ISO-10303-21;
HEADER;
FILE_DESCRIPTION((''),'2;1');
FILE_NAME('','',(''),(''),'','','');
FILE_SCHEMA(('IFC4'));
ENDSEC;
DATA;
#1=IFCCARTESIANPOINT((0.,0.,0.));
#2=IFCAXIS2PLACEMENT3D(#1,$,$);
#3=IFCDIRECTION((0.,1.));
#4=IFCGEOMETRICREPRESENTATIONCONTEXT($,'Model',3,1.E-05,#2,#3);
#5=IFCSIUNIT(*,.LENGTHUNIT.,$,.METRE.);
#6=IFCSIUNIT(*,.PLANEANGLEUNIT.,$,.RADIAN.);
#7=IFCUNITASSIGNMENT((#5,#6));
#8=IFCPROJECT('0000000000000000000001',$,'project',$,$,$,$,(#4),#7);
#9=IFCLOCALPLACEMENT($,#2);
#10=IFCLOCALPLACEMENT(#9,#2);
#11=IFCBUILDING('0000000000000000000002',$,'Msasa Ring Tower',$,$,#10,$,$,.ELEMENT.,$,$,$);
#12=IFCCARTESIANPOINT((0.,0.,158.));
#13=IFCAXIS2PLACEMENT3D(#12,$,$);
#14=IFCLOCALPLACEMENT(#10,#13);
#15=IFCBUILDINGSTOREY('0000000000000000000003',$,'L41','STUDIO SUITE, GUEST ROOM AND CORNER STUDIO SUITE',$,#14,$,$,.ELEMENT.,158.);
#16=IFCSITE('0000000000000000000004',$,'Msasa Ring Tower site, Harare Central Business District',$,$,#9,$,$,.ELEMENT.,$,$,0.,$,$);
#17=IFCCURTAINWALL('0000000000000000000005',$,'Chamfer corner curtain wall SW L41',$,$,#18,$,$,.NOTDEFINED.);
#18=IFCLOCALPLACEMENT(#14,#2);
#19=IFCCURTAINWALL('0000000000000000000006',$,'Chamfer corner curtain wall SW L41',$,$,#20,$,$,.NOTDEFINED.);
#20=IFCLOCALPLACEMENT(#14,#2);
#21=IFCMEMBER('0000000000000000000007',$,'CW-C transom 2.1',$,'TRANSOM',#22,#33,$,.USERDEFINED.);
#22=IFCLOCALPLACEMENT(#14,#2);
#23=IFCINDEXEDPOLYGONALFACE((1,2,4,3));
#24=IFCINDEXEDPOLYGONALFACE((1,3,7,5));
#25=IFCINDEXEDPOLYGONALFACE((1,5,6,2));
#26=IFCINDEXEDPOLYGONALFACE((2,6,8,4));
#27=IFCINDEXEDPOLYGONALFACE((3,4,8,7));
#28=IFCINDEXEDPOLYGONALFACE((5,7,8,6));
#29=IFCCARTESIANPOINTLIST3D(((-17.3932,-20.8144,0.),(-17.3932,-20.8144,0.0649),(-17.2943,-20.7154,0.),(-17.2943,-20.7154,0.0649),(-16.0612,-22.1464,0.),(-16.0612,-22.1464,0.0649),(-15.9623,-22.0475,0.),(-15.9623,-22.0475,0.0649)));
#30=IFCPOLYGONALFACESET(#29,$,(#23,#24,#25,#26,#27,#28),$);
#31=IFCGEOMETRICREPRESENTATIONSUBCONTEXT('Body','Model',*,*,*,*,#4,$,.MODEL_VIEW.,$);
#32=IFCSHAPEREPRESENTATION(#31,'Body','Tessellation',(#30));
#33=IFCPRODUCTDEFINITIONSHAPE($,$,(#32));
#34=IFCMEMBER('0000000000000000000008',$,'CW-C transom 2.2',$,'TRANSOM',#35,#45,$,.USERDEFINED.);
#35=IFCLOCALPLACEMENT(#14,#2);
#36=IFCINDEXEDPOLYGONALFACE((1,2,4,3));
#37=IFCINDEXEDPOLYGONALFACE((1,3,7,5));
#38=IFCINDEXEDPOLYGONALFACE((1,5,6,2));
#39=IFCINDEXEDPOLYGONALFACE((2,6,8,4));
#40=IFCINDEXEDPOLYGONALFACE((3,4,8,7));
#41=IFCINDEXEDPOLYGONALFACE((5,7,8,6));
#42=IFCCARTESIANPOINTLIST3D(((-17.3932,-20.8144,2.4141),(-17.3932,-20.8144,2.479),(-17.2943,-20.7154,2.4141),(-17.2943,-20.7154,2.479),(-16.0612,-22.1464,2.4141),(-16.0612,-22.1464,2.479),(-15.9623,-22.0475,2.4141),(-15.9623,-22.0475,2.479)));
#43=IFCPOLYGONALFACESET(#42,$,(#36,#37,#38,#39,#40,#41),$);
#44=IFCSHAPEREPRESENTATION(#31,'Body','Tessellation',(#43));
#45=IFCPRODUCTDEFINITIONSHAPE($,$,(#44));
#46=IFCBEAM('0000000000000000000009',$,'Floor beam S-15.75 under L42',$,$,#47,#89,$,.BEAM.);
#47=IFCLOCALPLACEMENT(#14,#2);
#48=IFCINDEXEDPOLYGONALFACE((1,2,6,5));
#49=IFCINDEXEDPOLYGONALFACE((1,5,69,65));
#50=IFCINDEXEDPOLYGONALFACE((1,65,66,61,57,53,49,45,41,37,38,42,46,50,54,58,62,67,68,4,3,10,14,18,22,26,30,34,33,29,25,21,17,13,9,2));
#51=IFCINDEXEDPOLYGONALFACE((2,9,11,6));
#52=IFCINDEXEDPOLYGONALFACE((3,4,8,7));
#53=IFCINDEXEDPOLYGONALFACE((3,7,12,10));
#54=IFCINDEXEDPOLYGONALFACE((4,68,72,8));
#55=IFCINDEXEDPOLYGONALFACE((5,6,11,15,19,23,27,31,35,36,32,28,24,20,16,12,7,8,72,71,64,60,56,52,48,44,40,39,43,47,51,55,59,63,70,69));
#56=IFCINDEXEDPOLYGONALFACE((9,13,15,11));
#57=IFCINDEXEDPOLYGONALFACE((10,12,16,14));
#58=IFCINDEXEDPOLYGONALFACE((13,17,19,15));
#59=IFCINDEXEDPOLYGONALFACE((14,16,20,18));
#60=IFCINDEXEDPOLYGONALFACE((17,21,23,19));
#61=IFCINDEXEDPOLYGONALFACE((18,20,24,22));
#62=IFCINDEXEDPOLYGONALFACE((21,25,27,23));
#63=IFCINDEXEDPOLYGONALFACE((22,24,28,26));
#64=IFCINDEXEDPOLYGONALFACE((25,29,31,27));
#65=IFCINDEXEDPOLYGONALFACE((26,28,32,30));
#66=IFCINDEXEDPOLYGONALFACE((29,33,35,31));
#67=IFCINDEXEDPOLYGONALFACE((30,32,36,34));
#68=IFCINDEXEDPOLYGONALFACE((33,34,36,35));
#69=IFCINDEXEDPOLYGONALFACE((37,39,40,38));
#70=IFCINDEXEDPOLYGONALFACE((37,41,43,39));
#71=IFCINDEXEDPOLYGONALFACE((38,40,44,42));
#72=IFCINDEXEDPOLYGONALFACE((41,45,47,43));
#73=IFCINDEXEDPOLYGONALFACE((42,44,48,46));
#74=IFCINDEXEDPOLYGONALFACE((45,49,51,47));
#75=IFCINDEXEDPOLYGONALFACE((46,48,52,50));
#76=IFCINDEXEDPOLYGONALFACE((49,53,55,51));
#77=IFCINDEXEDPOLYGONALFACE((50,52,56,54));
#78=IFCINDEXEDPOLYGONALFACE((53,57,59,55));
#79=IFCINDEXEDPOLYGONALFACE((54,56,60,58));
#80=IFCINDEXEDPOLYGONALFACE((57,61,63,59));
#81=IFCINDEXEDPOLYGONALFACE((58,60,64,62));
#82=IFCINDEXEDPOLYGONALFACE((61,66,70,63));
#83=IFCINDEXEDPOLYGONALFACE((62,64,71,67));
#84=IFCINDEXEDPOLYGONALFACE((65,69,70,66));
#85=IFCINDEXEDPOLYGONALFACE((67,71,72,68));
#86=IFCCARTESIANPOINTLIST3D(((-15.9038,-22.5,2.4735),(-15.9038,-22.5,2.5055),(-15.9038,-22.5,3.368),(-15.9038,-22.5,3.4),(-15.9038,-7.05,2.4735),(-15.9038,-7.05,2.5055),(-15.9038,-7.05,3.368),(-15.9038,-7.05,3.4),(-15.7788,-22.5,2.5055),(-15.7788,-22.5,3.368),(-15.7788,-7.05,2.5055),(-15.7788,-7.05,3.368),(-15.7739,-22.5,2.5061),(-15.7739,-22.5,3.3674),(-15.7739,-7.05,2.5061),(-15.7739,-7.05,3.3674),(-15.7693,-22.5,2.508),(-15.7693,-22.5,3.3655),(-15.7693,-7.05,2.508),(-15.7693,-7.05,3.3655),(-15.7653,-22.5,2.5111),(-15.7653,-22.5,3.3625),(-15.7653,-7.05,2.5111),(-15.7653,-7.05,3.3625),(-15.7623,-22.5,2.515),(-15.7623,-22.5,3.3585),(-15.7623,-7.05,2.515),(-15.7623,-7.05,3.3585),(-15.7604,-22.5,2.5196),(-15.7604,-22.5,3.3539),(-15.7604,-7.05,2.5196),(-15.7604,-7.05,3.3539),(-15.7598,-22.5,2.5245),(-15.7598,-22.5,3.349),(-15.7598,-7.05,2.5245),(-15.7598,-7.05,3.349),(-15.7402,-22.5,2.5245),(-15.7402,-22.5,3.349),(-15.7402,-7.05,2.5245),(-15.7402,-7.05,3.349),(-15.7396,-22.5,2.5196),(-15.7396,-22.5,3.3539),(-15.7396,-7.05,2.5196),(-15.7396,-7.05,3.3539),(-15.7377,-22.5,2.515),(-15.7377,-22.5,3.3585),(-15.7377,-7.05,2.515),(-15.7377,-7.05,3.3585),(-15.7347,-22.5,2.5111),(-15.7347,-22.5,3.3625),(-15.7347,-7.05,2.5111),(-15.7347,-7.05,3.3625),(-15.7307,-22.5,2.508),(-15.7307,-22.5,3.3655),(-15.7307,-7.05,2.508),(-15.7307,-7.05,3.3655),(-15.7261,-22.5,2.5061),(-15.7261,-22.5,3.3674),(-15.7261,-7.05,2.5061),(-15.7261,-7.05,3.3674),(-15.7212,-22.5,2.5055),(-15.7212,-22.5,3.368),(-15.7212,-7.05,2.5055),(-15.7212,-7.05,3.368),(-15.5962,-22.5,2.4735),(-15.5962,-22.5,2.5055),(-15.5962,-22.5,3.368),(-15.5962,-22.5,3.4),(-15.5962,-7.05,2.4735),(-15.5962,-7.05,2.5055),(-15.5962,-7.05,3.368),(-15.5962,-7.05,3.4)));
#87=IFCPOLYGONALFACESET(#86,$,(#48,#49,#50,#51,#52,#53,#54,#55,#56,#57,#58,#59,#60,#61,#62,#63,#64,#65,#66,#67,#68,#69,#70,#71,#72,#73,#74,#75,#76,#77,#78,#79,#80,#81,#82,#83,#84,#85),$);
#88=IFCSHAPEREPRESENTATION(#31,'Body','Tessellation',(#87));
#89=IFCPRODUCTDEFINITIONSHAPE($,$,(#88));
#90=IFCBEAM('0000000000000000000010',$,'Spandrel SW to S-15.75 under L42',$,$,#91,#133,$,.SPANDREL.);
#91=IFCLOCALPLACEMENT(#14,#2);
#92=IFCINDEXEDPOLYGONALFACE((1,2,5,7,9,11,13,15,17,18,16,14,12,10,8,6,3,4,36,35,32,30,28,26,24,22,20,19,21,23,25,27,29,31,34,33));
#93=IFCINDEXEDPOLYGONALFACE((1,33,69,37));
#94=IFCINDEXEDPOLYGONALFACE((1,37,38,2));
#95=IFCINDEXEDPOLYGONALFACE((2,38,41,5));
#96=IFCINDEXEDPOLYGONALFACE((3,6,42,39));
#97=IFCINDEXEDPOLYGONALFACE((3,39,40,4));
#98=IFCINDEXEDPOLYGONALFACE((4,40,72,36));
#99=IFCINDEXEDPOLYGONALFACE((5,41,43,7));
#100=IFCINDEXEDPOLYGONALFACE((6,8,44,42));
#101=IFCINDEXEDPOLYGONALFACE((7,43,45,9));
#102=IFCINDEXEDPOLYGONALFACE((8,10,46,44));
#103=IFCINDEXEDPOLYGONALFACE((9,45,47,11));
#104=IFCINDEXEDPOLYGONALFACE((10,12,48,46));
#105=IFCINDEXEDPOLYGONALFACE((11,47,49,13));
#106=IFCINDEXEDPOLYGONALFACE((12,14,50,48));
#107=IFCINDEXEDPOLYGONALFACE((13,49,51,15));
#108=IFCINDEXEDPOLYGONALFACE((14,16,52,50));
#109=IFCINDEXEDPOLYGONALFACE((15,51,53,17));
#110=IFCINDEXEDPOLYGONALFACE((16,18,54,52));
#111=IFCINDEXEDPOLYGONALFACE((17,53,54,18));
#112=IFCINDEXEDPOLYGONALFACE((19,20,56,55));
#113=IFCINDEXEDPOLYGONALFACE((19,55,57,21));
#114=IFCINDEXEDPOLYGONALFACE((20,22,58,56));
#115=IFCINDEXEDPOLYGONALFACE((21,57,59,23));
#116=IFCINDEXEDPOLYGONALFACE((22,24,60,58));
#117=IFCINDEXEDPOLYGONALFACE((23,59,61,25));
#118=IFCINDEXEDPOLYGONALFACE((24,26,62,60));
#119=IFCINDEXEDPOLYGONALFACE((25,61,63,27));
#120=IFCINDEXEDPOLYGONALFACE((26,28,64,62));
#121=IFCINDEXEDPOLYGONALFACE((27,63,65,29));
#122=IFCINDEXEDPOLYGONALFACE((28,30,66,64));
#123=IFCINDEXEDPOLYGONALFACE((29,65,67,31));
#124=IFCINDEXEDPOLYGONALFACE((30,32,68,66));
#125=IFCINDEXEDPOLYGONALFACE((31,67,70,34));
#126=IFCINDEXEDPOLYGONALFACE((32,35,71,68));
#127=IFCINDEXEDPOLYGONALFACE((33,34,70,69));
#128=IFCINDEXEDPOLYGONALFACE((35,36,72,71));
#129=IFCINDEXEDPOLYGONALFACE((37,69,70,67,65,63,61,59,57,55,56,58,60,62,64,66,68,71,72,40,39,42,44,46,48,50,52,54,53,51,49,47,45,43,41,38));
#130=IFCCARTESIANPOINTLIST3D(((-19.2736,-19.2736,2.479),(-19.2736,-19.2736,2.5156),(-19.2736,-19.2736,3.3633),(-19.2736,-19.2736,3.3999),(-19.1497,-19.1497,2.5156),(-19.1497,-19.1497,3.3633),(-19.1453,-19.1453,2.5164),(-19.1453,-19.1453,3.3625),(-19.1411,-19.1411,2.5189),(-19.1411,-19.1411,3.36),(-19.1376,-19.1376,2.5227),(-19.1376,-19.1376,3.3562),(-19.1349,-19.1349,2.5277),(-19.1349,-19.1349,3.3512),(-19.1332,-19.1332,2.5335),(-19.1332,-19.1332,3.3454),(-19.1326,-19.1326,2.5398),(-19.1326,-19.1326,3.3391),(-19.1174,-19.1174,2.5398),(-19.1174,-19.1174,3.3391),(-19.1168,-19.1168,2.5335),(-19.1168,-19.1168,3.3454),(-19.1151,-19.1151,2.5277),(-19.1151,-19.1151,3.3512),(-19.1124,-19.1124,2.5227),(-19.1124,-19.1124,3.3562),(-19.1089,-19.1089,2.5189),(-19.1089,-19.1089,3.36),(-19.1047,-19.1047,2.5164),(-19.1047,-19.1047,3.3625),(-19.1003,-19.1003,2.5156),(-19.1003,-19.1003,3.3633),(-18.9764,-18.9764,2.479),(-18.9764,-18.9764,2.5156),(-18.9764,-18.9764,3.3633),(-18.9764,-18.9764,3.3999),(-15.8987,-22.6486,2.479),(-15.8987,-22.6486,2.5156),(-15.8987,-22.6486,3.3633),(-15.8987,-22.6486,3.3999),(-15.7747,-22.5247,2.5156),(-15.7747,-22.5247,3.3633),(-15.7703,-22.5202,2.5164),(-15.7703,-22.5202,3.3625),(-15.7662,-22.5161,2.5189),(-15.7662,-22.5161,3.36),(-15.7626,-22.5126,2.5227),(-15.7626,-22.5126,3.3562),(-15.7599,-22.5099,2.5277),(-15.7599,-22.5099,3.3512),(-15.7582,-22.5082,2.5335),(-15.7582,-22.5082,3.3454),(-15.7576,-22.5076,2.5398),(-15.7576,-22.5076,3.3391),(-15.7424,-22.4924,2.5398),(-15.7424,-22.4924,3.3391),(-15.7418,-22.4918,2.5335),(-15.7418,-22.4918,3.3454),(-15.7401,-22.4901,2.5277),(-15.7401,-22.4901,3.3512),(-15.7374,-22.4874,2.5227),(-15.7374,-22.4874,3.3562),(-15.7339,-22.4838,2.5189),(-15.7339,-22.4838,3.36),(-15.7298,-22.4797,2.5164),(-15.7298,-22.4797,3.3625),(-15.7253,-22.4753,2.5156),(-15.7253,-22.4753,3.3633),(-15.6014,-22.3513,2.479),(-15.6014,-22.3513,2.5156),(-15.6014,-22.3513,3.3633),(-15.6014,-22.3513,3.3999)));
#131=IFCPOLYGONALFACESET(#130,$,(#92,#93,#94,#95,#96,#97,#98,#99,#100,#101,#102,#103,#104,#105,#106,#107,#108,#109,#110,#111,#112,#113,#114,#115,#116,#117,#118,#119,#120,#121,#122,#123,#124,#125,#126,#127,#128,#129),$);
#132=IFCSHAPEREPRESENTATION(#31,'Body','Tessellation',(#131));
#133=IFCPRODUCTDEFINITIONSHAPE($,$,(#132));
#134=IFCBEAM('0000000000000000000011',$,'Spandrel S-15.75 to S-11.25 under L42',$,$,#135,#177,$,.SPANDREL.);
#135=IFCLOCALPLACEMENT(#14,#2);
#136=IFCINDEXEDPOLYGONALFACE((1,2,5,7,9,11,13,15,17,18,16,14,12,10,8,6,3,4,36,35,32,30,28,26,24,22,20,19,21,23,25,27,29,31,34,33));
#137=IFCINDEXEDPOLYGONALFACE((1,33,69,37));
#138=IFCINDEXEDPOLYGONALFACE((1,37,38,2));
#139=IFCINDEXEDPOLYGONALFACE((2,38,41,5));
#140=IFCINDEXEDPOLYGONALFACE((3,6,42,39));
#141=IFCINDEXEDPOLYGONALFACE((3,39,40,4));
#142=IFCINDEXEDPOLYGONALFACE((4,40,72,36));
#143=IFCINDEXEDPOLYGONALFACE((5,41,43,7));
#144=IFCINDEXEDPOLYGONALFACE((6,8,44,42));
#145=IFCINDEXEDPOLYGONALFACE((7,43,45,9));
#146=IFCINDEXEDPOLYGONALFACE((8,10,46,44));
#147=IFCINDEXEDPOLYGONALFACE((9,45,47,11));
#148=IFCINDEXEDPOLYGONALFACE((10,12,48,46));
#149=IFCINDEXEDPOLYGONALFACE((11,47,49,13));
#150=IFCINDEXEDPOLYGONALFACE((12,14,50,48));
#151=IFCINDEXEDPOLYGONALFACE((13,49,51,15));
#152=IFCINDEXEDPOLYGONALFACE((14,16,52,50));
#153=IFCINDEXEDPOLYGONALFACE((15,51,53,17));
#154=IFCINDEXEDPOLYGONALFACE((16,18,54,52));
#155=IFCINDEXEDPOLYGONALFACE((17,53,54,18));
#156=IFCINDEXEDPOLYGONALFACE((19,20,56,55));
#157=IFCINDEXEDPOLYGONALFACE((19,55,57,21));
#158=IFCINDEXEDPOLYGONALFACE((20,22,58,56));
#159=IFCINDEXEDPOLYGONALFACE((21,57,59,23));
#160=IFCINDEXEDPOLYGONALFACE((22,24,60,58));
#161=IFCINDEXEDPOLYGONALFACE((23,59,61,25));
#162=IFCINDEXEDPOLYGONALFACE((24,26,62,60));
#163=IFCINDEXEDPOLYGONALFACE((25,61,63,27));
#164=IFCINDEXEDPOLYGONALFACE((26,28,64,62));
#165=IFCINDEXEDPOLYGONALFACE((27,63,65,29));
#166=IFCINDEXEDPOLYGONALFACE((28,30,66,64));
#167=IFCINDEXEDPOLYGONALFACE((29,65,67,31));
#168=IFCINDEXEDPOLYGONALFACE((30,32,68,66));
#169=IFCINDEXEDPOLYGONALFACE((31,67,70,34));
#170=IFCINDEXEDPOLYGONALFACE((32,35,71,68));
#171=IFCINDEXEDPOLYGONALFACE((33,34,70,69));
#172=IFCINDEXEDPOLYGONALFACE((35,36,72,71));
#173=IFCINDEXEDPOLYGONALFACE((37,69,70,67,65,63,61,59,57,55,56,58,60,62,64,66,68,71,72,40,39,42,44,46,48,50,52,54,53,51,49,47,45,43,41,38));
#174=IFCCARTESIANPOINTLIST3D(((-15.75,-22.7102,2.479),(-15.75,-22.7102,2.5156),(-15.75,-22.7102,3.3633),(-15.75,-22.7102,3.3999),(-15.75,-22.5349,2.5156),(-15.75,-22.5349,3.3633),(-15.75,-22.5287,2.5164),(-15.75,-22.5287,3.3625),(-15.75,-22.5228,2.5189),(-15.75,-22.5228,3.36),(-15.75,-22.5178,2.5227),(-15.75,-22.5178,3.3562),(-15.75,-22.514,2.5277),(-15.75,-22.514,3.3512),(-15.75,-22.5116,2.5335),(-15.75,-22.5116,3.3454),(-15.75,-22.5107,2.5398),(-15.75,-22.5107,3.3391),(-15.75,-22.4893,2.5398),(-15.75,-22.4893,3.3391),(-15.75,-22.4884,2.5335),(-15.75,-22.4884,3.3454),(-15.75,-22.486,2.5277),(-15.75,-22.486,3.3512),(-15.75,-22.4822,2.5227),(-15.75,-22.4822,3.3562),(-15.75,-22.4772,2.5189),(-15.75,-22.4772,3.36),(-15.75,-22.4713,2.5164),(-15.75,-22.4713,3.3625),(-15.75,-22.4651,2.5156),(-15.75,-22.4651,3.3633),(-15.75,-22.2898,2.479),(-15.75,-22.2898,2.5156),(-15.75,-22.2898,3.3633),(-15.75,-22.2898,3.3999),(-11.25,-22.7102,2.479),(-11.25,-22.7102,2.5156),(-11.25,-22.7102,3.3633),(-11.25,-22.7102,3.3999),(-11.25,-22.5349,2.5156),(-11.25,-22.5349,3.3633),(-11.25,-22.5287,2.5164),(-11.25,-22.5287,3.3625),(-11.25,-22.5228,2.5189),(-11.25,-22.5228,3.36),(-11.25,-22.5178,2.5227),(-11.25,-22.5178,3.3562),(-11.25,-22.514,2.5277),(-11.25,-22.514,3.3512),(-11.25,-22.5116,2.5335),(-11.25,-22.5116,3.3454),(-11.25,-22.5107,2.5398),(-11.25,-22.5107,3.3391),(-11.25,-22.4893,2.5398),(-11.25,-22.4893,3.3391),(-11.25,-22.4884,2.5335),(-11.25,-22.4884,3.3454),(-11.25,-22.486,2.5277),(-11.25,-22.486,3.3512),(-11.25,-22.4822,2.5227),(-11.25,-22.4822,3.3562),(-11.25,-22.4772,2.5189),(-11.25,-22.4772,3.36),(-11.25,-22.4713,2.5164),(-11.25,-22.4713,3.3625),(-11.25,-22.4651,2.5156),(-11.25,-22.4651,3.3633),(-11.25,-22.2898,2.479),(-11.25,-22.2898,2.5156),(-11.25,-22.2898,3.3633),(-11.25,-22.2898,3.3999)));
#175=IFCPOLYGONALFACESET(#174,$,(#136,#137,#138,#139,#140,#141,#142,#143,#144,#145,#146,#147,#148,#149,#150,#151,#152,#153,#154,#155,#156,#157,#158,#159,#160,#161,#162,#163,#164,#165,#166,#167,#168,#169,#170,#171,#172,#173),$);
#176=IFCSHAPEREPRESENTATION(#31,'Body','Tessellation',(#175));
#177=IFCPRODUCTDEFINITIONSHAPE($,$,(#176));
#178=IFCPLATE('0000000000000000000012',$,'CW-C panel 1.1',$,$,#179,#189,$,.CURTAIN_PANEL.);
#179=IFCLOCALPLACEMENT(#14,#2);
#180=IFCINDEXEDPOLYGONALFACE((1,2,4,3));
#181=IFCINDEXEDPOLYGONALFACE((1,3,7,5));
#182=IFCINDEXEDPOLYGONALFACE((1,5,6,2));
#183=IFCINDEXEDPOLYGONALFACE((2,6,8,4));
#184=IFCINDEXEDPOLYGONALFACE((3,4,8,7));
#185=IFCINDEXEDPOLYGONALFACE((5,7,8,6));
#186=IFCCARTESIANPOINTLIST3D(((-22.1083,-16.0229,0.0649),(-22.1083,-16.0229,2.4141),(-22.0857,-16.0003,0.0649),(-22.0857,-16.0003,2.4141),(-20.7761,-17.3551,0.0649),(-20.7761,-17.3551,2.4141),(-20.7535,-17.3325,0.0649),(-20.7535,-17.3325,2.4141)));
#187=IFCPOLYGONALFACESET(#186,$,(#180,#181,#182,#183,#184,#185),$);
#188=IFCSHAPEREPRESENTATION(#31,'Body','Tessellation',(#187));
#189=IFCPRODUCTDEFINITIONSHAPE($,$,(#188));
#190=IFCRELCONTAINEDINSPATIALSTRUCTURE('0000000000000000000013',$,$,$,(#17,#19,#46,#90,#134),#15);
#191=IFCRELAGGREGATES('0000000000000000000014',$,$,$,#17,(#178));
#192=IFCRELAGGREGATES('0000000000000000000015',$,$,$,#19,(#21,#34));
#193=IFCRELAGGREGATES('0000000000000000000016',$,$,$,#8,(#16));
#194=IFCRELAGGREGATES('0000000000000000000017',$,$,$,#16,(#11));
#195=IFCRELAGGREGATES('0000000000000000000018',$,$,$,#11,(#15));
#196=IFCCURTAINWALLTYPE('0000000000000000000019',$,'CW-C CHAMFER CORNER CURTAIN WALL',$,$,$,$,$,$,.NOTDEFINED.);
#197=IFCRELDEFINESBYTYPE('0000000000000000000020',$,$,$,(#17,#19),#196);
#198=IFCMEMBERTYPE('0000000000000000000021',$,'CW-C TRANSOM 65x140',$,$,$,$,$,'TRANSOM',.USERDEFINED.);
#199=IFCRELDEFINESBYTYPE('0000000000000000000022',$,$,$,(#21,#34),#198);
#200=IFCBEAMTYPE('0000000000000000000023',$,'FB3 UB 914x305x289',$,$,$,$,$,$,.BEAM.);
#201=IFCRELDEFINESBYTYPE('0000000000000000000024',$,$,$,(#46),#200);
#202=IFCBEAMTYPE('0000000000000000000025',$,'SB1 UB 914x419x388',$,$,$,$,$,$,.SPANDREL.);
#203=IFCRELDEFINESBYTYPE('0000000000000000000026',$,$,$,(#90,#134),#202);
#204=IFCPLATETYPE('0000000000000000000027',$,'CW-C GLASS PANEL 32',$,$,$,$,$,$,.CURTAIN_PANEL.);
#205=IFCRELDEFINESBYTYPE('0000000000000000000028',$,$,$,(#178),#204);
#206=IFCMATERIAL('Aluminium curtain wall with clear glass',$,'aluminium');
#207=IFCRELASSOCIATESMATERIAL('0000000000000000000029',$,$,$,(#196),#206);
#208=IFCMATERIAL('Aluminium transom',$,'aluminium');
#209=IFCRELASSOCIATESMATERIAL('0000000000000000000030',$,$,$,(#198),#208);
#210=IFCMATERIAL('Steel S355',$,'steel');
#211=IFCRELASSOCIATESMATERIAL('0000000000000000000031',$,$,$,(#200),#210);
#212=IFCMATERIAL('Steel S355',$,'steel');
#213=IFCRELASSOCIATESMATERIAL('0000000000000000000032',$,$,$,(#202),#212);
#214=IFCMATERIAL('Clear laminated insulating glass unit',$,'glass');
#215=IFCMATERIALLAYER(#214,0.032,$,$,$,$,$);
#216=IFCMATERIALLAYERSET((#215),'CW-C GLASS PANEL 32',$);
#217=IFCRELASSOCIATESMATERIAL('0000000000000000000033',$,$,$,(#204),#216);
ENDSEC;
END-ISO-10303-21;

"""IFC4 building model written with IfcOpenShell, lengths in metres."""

from ifc_helpers import new_model, si_unit, direction, frame, origin, origin_2d, place, context, subcontext, project, spatial, rectangle, i_section, extrude, material, layer, layer_set, material_profile, profile_set, type_object, element, aggregate, save


model = new_model("IFC4")

# Units and contexts
model_context = context("Model", 3, precision=1e-05, world=origin(), true_north=direction((0.0, 1.0)))
body_context = subcontext(model_context, "Body", "Model", "MODEL_VIEW")
ifc_project = project(units=[si_unit("LENGTHUNIT", "METRE"), si_unit("PLANEANGLEUNIT", "RADIAN")], contexts=[model_context])

# Site, building, storey
site_placement = place(None, origin())
site = spatial("IfcSite", under=ifc_project, at=site_placement, Name="Msasa Ring Tower site, Harare Central Business District", CompositionType="ELEMENT", RefElevation=0.0)
building_placement = place(site_placement, origin())
building = spatial("IfcBuilding", under=site, at=building_placement, Name="Msasa Ring Tower", CompositionType="ELEMENT")
storey_placement = place(building_placement, frame((0.0, 0.0, 158.0)))
storey = spatial("IfcBuildingStorey", under=building, at=storey_placement, Name="L41", Description="STUDIO SUITE, GUEST ROOM AND CORNER STUDIO SUITE", CompositionType="ELEMENT", Elevation=158.0)

# Curtain walls
ifc_material_1 = material(Name="Aluminium curtain wall with clear glass", Category="aluminium")
curtain_wall_type = type_object("IfcCurtainWallType", Name="CW-C CHAMFER CORNER CURTAIN WALL", PredefinedType="NOTDEFINED", material=ifc_material_1)
curtain_wall_1_placement = place(storey_placement, origin())
curtain_wall_1 = element("IfcCurtainWall", 1, at=curtain_wall_1_placement, inside=storey, type_object=curtain_wall_type, Name="Chamfer corner curtain wall SW L41", PredefinedType="NOTDEFINED")
curtain_wall_2_placement = place(storey_placement, origin())
curtain_wall_2 = element("IfcCurtainWall", 2, at=curtain_wall_2_placement, inside=storey, type_object=curtain_wall_type, Name="Chamfer corner curtain wall SW L41", PredefinedType="NOTDEFINED")

# Members
ifc_material_2 = material(Name="Aluminium transom", Category="aluminium")
ifc_material_profile_1 = material_profile(ifc_material_2, rectangle(XDim=0.1399, YDim=0.0649, at=origin_2d()), Name="AL 65x140")
ifc_profile_set_1 = profile_set([ifc_material_profile_1], Name="Aluminium transom")
member_type_1 = type_object("IfcMemberType", Name="CW-C TRANSOM 65x140", ElementType="TRANSOM", PredefinedType="USERDEFINED", material=ifc_profile_set_1)
member_1_placement = place(storey_placement, frame((-17.3438, -20.7649, 0.0325), z_axis=(0.707107, -0.707107, 0.0), x_axis=(0.707107, 0.707107, 0.0)))
member_1 = element("IfcMember", 3, at=member_1_placement, type_object=member_type_1, Name="CW-C transom 2.1", ObjectType="TRANSOM", PredefinedType="USERDEFINED", context=body_context, shape_type="SweptSolid", body=[
    extrude(rectangle(XDim=0.1399, YDim=0.0649, at=origin_2d()), origin(), (0.0, 0.0, 1.0), 1.8838),
])
member_2_placement = place(storey_placement, frame((-17.3438, -20.7649, 2.4465), z_axis=(0.707107, -0.707107, 0.0), x_axis=(0.707107, 0.707107, 0.0)))
member_2 = element("IfcMember", 4, at=member_2_placement, type_object=member_type_1, Name="CW-C transom 2.2", ObjectType="TRANSOM", PredefinedType="USERDEFINED", context=body_context, shape_type="SweptSolid", body=[
    extrude(rectangle(XDim=0.1399, YDim=0.0649, at=origin_2d()), origin(), (0.0, 0.0, 1.0), 1.8838),
])

# Beams
ifc_material_3 = material(Name="Steel S355", Category="steel")
ifc_material_profile_2 = material_profile(ifc_material_3, i_section(OverallWidth=0.3076, OverallDepth=0.9265, WebThickness=0.0195, FlangeThickness=0.032, FilletRadius=0.019, at=origin_2d()), Name="UB 914x305x289")
ifc_profile_set_2 = profile_set([ifc_material_profile_2], Name="Steel S355")
beam_type_1 = type_object("IfcBeamType", Name="FB3 UB 914x305x289", PredefinedType="BEAM", material=ifc_profile_set_2)
beam_1_placement = place(storey_placement, frame((-15.75, -22.5, 2.9368), z_axis=(0.0, 1.0, 0.0), x_axis=(-1.0, 0.0, 0.0)))
element("IfcBeam", 5, at=beam_1_placement, inside=storey, type_object=beam_type_1, Name="Floor beam S-15.75 under L42", PredefinedType="BEAM", context=body_context, shape_type="SweptSolid", body=[
    extrude(i_section(OverallWidth=0.3076, OverallDepth=0.9265, WebThickness=0.0195, FlangeThickness=0.032, FilletRadius=0.019, at=origin_2d()), origin(), (0.0, 0.0, 1.0), 15.45),
])
ifc_material_4 = material(Name="Steel S355", Category="steel")
ifc_material_profile_3 = material_profile(ifc_material_4, i_section(OverallWidth=0.4204, OverallDepth=0.9209, WebThickness=0.0215, FlangeThickness=0.0366, FilletRadius=0.0242, at=origin_2d()), Name="UB 914x419x388")
ifc_profile_set_3 = profile_set([ifc_material_profile_3], Name="Steel S355")
beam_type_2 = type_object("IfcBeamType", Name="SB1 UB 914x419x388", PredefinedType="SPANDREL", material=ifc_profile_set_3)
beam_2_placement = place(storey_placement, frame((-19.125, -19.125, 2.9395), z_axis=(0.707107, -0.707107, 0.0), x_axis=(0.707107, 0.707107, 0.0)))
element("IfcBeam", 6, at=beam_2_placement, inside=storey, type_object=beam_type_2, Name="Spandrel SW to S-15.75 under L42", PredefinedType="SPANDREL", context=body_context, shape_type="SweptSolid", body=[
    extrude(i_section(OverallWidth=0.4204, OverallDepth=0.9209, WebThickness=0.0215, FlangeThickness=0.0366, FilletRadius=0.0242, at=origin_2d()), origin(), (0.0, 0.0, 1.0), 4.7729),
])
beam_3_placement = place(storey_placement, frame((-15.75, -22.5, 2.9395), z_axis=(1.0, 0.0, 0.0), x_axis=(0.0, 1.0, 0.0)))
element("IfcBeam", 7, at=beam_3_placement, inside=storey, type_object=beam_type_2, Name="Spandrel S-15.75 to S-11.25 under L42", PredefinedType="SPANDREL", context=body_context, shape_type="SweptSolid", body=[
    extrude(i_section(OverallWidth=0.4204, OverallDepth=0.9209, WebThickness=0.0215, FlangeThickness=0.0366, FilletRadius=0.0242, at=origin_2d()), origin(), (0.0, 0.0, 1.0), 4.5),
])

# Plate
ifc_material_5 = material(Name="Clear laminated insulating glass unit", Category="glass")
ifc_layer_1 = layer(ifc_material_5, 0.032)
ifc_layer_set_1 = layer_set([ifc_layer_1], Name="CW-C GLASS PANEL 32")
plate_type = type_object("IfcPlateType", Name="CW-C GLASS PANEL 32", PredefinedType="CURTAIN_PANEL", material=ifc_layer_set_1)
plate_1_placement = place(storey_placement, frame((-21.4309, -16.6777, 0.0649), z_axis=(0.0, 0.0, 1.0), x_axis=(0.707107, -0.707107, 0.0)))
plate_1 = element("IfcPlate", 8, at=plate_1_placement, type_object=plate_type, Name="CW-C panel 1.1", PredefinedType="CURTAIN_PANEL", context=body_context, shape_type="SweptSolid", body=[
    extrude(rectangle(XDim=1.884, YDim=0.032, at=origin_2d()), origin(), (0.0, 0.0, 1.0), 2.3491),
])
aggregate(curtain_wall_1, [plate_1])
aggregate(curtain_wall_2, [member_1, member_2])

save(model, "model.ifc")
